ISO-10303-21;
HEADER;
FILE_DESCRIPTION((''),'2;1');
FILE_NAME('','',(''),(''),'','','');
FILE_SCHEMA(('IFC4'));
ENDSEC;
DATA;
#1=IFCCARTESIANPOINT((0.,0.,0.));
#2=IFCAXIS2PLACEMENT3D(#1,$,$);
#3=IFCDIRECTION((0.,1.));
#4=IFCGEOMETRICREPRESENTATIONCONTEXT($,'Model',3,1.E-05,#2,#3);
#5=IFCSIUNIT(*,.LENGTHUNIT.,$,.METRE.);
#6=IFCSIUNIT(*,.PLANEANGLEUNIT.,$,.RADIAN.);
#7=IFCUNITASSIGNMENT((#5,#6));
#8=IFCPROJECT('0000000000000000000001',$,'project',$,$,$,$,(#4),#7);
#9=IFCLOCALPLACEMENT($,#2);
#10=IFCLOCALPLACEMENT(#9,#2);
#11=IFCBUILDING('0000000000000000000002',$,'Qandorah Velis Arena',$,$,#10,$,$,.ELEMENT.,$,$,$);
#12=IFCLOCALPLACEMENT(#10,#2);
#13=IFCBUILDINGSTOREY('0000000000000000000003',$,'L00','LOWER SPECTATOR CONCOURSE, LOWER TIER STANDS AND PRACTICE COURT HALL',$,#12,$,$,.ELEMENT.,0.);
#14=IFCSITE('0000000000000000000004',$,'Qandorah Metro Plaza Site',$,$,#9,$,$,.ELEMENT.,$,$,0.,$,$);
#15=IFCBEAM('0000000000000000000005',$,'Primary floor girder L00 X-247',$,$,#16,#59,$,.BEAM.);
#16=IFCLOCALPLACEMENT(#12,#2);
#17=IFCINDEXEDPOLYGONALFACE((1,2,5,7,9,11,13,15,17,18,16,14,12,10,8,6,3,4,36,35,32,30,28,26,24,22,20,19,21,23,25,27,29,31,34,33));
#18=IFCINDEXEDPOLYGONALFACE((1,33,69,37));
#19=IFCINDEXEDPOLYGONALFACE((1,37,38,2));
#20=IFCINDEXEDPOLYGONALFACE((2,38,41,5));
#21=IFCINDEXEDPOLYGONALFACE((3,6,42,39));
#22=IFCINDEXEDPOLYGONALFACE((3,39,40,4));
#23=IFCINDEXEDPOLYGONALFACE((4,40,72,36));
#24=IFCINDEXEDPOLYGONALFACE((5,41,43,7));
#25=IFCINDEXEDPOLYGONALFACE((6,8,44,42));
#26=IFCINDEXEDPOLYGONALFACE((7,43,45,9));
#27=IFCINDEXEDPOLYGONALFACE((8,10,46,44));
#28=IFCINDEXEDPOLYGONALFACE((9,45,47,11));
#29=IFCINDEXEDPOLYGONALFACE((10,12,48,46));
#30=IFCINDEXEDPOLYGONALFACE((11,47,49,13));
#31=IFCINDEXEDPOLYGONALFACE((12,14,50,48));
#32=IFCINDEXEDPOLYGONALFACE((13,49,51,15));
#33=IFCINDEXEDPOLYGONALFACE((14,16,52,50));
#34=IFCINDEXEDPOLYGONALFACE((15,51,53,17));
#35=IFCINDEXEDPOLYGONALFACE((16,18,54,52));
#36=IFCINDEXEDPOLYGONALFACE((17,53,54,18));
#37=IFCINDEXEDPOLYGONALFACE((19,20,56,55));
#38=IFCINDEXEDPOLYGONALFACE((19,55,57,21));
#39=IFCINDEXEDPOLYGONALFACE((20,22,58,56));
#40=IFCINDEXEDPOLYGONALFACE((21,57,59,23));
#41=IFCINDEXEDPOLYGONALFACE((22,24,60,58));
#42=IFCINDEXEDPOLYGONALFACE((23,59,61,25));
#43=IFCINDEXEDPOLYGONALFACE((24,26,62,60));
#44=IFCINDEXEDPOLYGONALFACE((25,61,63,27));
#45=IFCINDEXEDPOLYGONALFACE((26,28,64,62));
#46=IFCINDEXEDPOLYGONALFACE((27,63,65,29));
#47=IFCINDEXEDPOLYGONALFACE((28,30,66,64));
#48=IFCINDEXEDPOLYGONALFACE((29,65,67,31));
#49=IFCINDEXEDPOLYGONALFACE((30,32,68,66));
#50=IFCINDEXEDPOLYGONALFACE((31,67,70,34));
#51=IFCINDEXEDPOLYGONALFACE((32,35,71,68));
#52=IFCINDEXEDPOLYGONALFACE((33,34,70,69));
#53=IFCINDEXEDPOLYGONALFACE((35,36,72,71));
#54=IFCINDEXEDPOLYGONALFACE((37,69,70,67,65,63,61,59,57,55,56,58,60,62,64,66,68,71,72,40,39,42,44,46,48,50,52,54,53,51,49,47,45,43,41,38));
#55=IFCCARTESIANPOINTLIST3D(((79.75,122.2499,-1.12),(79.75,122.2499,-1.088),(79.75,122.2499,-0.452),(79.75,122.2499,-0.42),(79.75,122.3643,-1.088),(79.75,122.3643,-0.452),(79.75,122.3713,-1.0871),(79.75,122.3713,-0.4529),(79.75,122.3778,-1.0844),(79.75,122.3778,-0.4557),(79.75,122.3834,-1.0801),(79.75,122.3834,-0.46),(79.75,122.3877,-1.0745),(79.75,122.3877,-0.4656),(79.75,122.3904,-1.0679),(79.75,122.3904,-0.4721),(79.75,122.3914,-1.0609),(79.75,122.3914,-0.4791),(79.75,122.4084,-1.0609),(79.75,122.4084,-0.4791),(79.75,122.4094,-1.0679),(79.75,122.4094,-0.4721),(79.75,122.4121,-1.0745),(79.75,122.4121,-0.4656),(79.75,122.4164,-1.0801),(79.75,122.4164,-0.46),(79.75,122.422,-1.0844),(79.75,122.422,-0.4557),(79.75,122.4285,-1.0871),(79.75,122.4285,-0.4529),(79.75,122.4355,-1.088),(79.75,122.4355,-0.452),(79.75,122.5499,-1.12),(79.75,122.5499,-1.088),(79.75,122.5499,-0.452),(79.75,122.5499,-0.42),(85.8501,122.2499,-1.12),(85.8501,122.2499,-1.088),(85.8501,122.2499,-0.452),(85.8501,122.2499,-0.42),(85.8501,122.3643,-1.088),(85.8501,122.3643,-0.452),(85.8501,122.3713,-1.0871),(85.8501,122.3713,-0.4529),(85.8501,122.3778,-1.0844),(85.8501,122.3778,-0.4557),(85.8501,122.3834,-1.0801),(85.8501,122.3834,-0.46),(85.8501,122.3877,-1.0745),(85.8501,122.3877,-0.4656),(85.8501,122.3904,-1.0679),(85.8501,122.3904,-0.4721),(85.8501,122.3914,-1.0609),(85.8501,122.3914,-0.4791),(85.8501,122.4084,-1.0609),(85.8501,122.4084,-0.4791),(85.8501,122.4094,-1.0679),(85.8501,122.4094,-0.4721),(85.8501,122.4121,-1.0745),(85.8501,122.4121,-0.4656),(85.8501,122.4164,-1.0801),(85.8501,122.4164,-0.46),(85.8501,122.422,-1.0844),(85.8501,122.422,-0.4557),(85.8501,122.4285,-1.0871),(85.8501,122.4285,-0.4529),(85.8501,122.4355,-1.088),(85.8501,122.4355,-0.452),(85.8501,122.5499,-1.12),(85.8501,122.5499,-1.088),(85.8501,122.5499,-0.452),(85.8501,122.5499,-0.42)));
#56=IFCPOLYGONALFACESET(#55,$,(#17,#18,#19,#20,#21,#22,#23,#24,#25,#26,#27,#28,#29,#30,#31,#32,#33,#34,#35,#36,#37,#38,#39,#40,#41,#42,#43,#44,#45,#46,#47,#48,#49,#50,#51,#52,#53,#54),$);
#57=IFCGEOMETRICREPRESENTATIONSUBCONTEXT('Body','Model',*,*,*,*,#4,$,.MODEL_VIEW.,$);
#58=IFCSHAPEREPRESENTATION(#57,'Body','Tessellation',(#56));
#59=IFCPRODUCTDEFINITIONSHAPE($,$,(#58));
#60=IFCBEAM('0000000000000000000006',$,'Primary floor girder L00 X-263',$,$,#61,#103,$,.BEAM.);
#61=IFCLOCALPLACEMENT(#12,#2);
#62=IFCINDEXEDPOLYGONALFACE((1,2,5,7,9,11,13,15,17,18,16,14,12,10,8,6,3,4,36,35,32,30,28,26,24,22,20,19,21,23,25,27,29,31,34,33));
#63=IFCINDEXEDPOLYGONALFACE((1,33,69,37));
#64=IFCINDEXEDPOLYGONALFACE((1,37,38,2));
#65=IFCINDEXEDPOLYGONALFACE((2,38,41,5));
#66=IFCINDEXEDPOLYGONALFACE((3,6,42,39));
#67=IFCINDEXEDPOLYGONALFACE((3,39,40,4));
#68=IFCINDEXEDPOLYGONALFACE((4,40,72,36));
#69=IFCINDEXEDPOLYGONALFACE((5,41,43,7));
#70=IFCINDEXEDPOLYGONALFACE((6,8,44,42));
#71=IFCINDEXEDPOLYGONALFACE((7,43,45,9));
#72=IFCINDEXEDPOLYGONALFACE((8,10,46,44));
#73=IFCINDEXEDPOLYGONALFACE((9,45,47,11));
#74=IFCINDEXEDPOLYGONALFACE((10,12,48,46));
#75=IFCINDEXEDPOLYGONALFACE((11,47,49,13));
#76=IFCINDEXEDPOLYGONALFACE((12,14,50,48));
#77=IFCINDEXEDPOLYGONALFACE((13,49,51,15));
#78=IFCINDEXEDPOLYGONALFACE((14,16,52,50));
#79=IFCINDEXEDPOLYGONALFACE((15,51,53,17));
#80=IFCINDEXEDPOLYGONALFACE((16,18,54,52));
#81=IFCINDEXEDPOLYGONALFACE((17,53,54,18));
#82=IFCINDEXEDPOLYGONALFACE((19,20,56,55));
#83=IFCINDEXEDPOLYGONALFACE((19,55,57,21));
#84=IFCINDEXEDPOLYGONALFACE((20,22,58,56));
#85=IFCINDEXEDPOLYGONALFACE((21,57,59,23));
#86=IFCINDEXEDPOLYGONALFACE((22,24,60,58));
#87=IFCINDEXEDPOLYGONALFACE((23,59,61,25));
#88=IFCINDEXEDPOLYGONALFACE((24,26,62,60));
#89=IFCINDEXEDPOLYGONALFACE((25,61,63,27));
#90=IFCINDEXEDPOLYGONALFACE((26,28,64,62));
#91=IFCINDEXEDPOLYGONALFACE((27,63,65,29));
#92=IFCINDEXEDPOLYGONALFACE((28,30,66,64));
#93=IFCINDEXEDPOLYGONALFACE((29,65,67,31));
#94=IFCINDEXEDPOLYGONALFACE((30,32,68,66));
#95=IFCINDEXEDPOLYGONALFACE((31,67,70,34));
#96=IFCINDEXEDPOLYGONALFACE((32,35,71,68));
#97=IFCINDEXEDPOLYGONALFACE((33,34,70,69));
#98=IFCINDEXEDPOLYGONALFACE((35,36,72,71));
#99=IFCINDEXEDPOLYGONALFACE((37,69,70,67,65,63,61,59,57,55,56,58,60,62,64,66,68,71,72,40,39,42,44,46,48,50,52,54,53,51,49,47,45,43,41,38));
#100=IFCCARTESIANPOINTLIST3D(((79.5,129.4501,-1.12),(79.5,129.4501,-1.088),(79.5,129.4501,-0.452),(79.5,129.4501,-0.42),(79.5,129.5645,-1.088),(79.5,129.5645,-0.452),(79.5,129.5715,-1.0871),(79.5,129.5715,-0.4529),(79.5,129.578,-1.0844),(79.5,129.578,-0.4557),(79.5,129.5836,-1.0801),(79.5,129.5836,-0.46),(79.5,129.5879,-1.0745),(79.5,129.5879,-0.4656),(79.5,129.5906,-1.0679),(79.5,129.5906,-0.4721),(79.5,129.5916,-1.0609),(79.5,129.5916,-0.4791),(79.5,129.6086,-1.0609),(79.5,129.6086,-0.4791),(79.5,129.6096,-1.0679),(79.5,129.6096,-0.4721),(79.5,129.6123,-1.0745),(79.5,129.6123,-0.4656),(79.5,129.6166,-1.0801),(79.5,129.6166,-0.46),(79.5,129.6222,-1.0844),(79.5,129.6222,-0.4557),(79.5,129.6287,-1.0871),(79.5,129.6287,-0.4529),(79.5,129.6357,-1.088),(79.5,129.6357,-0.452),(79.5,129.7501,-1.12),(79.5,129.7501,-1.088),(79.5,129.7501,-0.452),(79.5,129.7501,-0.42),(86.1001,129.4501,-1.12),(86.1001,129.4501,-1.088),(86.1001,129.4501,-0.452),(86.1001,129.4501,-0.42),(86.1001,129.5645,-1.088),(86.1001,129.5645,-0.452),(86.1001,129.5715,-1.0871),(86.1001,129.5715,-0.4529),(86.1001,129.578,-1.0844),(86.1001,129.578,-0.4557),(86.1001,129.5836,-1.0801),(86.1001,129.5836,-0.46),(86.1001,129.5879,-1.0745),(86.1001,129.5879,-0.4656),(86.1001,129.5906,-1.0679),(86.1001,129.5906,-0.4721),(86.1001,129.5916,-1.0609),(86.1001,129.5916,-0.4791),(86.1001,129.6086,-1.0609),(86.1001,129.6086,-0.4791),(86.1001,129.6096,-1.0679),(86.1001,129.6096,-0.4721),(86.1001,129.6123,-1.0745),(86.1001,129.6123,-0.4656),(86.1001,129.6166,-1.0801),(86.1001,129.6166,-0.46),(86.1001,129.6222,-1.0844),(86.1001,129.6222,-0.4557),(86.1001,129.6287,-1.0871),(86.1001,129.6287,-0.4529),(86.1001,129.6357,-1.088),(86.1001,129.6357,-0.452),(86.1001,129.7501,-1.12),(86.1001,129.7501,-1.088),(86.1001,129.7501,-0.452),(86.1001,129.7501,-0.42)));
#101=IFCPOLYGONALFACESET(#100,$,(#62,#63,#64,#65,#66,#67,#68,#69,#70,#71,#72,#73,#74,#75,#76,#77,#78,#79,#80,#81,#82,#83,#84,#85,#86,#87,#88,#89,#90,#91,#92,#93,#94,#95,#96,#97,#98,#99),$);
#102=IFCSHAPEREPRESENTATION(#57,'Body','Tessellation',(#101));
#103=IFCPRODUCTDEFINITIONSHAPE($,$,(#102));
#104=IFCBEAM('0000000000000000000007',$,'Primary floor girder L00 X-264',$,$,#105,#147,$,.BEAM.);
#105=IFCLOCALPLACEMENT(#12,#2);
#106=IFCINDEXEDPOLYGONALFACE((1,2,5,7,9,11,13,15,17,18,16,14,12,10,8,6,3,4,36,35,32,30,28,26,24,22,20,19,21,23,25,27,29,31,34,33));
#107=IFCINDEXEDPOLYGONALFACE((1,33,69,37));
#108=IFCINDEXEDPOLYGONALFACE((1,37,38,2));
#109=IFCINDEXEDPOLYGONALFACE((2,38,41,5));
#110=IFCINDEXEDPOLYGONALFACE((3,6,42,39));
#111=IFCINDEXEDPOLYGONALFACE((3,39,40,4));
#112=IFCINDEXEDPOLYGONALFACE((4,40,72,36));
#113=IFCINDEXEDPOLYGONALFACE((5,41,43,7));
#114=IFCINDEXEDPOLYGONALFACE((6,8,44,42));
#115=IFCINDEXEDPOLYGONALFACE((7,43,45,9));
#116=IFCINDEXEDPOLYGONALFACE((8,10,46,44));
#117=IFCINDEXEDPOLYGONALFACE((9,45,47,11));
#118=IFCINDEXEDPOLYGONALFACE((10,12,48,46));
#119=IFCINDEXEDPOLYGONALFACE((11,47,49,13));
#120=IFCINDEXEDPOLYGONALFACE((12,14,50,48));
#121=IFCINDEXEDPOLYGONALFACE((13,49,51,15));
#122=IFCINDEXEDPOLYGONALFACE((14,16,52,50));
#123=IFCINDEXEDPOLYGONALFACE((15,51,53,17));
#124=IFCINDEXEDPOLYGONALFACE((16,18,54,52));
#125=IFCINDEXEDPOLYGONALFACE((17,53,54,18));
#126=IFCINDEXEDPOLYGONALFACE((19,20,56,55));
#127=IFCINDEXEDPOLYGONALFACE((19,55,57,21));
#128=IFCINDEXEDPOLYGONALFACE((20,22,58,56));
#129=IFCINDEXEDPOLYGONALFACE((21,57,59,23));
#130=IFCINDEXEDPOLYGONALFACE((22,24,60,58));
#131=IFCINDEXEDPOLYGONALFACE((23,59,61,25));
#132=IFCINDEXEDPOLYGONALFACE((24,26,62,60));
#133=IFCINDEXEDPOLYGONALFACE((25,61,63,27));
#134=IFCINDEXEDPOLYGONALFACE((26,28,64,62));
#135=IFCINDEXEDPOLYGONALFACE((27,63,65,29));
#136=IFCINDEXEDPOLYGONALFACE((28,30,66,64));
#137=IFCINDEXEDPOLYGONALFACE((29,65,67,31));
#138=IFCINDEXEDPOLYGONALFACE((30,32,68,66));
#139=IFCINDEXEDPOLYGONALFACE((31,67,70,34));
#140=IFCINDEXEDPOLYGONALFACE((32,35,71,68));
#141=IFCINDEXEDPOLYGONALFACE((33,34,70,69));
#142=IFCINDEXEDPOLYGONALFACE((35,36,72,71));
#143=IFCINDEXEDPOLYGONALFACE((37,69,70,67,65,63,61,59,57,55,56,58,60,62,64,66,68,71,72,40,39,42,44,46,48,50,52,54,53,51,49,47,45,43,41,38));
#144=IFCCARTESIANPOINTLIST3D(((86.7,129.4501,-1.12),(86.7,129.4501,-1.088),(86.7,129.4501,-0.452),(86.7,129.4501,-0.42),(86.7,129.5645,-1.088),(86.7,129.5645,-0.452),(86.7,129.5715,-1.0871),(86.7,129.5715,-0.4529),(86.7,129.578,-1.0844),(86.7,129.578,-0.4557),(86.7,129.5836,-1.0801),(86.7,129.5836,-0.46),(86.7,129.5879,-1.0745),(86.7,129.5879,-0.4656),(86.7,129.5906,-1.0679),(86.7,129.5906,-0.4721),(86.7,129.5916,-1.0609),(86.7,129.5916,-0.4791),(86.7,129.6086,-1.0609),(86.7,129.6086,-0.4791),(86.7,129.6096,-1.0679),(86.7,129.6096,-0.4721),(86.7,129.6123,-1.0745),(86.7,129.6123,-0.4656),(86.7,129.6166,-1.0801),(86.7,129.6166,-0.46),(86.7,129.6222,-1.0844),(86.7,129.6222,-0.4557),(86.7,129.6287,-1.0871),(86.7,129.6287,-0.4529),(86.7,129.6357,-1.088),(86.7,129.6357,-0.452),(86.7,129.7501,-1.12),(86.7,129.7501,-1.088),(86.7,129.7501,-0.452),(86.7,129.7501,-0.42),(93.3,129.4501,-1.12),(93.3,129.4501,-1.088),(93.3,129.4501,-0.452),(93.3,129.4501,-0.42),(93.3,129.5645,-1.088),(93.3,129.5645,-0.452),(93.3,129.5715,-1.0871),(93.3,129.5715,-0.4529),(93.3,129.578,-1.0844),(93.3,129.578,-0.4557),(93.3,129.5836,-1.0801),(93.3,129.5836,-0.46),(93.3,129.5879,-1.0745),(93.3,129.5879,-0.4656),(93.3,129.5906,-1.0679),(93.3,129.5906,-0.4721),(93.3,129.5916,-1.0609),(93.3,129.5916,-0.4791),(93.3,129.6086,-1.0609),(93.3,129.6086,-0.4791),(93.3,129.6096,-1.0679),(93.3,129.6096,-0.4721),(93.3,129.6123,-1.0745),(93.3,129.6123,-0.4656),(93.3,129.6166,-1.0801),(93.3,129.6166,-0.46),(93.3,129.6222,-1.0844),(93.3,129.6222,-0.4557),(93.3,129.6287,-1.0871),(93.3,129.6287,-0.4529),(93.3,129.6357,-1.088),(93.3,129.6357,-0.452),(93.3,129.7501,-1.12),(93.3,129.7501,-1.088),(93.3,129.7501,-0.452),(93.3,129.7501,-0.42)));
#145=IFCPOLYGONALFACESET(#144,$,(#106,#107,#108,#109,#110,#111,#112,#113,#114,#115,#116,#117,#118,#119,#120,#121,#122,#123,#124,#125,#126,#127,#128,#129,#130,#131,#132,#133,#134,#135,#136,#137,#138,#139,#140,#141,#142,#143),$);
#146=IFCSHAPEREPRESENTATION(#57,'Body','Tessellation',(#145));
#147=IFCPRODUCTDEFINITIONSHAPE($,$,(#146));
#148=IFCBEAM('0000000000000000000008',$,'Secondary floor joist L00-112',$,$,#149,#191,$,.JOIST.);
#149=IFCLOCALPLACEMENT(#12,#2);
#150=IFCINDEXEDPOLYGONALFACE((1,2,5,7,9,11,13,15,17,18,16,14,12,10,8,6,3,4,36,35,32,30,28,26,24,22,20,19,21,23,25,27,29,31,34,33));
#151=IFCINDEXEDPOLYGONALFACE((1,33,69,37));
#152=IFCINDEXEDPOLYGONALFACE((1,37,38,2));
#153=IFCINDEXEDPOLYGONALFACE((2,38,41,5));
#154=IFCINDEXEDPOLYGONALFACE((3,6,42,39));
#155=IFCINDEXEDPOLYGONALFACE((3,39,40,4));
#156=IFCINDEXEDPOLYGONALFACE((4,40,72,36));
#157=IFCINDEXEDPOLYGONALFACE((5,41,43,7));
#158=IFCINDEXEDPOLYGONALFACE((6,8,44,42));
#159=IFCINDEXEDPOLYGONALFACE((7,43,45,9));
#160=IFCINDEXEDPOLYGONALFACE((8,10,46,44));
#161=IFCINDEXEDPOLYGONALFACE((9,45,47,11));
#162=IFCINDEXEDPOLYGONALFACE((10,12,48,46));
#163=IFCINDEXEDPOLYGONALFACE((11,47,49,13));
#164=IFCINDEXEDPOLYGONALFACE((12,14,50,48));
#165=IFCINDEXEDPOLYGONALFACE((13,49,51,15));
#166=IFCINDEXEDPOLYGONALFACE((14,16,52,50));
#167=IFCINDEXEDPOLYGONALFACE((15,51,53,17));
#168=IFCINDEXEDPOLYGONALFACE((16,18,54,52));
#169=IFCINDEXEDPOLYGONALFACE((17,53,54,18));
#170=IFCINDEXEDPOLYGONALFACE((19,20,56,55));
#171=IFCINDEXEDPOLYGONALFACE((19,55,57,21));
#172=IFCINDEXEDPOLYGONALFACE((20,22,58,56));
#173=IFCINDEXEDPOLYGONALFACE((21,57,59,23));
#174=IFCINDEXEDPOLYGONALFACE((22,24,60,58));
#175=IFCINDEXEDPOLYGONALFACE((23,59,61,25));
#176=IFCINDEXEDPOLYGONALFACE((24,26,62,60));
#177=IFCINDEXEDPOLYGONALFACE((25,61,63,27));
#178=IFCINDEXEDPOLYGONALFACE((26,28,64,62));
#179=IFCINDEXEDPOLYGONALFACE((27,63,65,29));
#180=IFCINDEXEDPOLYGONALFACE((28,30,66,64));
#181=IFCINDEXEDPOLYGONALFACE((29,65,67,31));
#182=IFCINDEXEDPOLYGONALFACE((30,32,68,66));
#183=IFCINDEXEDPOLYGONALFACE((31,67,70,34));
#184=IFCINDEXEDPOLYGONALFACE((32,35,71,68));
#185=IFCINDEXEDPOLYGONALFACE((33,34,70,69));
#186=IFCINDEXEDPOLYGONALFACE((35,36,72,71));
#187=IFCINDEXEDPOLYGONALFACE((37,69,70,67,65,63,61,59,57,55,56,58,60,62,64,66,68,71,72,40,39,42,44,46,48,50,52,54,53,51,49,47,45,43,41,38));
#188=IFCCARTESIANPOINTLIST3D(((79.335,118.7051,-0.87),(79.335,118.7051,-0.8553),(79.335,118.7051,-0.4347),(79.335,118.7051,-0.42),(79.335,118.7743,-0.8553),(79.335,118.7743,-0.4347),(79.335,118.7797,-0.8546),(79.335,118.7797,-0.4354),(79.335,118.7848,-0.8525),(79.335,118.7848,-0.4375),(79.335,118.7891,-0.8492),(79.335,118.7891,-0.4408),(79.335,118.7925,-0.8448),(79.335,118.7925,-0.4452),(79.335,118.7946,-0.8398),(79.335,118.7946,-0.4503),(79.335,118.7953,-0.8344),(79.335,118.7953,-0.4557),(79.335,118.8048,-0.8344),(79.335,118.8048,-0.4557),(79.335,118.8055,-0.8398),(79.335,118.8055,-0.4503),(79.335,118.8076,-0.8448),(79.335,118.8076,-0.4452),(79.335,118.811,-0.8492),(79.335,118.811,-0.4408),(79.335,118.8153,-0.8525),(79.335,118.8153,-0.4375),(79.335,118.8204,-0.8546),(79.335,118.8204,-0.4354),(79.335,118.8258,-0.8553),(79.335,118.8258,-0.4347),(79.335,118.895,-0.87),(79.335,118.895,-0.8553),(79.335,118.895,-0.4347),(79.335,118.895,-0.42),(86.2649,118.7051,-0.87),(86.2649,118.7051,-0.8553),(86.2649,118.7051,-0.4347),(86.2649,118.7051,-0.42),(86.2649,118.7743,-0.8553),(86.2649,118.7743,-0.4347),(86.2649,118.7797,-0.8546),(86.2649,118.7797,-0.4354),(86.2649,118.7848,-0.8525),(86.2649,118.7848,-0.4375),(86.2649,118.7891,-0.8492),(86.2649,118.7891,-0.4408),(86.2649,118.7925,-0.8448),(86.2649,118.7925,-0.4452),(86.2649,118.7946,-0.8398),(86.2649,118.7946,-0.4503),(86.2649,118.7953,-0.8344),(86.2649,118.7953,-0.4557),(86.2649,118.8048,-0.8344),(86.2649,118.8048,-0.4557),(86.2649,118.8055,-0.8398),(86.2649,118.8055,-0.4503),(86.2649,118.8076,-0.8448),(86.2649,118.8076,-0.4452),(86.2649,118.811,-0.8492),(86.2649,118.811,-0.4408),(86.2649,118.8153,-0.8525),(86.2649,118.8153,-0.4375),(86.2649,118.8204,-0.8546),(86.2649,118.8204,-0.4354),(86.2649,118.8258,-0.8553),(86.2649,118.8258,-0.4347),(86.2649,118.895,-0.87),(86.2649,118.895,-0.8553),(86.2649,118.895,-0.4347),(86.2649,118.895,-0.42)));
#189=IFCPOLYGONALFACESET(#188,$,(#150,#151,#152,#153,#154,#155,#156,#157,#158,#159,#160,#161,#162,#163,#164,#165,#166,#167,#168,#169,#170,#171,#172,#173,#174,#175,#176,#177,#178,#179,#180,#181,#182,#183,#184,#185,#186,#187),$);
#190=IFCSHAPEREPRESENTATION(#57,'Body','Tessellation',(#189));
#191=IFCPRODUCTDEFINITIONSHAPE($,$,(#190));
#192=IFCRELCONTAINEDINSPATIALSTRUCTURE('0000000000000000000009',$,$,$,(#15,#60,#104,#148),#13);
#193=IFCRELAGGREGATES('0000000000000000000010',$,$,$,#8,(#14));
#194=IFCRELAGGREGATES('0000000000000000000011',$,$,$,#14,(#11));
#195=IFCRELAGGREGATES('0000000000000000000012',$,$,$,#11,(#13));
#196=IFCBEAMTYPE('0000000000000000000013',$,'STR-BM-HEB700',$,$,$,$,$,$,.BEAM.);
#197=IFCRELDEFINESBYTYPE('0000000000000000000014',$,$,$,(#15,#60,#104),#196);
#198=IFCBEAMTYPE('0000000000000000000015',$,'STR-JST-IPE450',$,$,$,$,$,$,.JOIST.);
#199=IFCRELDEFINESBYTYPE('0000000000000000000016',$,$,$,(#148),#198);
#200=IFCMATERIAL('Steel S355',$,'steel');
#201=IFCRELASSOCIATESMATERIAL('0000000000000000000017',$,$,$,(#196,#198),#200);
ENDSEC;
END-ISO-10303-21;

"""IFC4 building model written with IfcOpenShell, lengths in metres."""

from ifc_helpers import new_model, si_unit, direction, frame, origin, origin_2d, place, context, subcontext, project, spatial, i_section, extrude, material, material_profile, profile_set, type_object, element, save


model = new_model("IFC4")

# Units and contexts
model_context = context("Model", 3, precision=1e-05, world=origin(), true_north=direction((0.0, 1.0)))
body_context = subcontext(model_context, "Body", "Model", "MODEL_VIEW")
ifc_project = project(units=[si_unit("LENGTHUNIT", "METRE"), si_unit("PLANEANGLEUNIT", "RADIAN")], contexts=[model_context])

# Site, building, storey
site_placement = place(None, origin())
site = spatial("IfcSite", under=ifc_project, at=site_placement, Name="Qandorah Metro Plaza Site", CompositionType="ELEMENT", RefElevation=0.0)
building_placement = place(site_placement, origin())
building = spatial("IfcBuilding", under=site, at=building_placement, Name="Qandorah Velis Arena", CompositionType="ELEMENT")
storey_placement = place(building_placement, origin())
storey = spatial("IfcBuildingStorey", under=building, at=storey_placement, Name="L00", Description="LOWER SPECTATOR CONCOURSE, LOWER TIER STANDS AND PRACTICE COURT HALL", CompositionType="ELEMENT", Elevation=0.0)

# Beams
ifc_material_1 = material(Name="Steel S355", Category="steel")
ifc_material_profile_1 = material_profile(ifc_material_1, i_section(OverallWidth=0.3, OverallDepth=0.7, WebThickness=0.0171, FlangeThickness=0.032, FilletRadius=0.0271, at=origin_2d()), Name="HEB 700")
ifc_profile_set_1 = profile_set([ifc_material_profile_1], Name="Steel S355")
beam_type_1 = type_object("IfcBeamType", Name="STR-BM-HEB700", PredefinedType="BEAM", material=ifc_profile_set_1)
beam_1_placement = place(storey_placement, frame((79.75, 122.3999, -0.77), z_axis=(1.0, 0.0, 0.0), x_axis=(0.0, 1.0, 0.0)))
element("IfcBeam", 1, at=beam_1_placement, inside=storey, type_object=beam_type_1, Name="Primary floor girder L00 X-247", PredefinedType="BEAM", context=body_context, shape_type="SweptSolid", body=[
    extrude(i_section(OverallWidth=0.3, OverallDepth=0.7, WebThickness=0.0171, FlangeThickness=0.032, FilletRadius=0.0271, at=origin_2d()), origin(), (0.0, 0.0, 1.0), 6.1001),
])
for number, where, z_axis, x_axis, name in (
    (2, (79.5, 129.6001, -0.77), (1.0, 0.0, 0.0), (0.0, 1.0, 0.0), "Primary floor girder L00 X-263"),
    (3, (86.7, 129.6001, -0.77), (1.0, 0.0, 0.0), (0.0, 1.0, 0.0), "Primary floor girder L00 X-264"),
):
    element("IfcBeam", number, at=place(storey_placement, frame(where, z_axis=z_axis, x_axis=x_axis)), inside=storey, type_object=beam_type_1, Name=name, PredefinedType="BEAM", context=body_context, shape_type="SweptSolid", body=[
        extrude(i_section(OverallWidth=0.3, OverallDepth=0.7, WebThickness=0.0171, FlangeThickness=0.032, FilletRadius=0.0271, at=origin_2d()), origin(), (0.0, 0.0, 1.0), 6.6001),
    ])
ifc_material_profile_2 = material_profile(ifc_material_1, i_section(OverallWidth=0.1899, OverallDepth=0.45, WebThickness=0.0095, FlangeThickness=0.0146, FilletRadius=0.021, at=origin_2d()), Name="IPE 450")
ifc_profile_set_2 = profile_set([ifc_material_profile_2], Name="Steel S355")
beam_type_2 = type_object("IfcBeamType", Name="STR-JST-IPE450", PredefinedType="JOIST", material=ifc_profile_set_2)
beam_2_placement = place(storey_placement, frame((79.335, 118.8, -0.645), z_axis=(1.0, 0.0, 0.0), x_axis=(0.0, 1.0, 0.0)))
element("IfcBeam", 4, at=beam_2_placement, inside=storey, type_object=beam_type_2, Name="Secondary floor joist L00-112", PredefinedType="JOIST", context=body_context, shape_type="SweptSolid", body=[
    extrude(i_section(OverallWidth=0.1899, OverallDepth=0.45, WebThickness=0.0095, FlangeThickness=0.0146, FilletRadius=0.021, at=origin_2d()), origin(), (0.0, 0.0, 1.0), 6.9299),
])

save(model, "model.ifc")
